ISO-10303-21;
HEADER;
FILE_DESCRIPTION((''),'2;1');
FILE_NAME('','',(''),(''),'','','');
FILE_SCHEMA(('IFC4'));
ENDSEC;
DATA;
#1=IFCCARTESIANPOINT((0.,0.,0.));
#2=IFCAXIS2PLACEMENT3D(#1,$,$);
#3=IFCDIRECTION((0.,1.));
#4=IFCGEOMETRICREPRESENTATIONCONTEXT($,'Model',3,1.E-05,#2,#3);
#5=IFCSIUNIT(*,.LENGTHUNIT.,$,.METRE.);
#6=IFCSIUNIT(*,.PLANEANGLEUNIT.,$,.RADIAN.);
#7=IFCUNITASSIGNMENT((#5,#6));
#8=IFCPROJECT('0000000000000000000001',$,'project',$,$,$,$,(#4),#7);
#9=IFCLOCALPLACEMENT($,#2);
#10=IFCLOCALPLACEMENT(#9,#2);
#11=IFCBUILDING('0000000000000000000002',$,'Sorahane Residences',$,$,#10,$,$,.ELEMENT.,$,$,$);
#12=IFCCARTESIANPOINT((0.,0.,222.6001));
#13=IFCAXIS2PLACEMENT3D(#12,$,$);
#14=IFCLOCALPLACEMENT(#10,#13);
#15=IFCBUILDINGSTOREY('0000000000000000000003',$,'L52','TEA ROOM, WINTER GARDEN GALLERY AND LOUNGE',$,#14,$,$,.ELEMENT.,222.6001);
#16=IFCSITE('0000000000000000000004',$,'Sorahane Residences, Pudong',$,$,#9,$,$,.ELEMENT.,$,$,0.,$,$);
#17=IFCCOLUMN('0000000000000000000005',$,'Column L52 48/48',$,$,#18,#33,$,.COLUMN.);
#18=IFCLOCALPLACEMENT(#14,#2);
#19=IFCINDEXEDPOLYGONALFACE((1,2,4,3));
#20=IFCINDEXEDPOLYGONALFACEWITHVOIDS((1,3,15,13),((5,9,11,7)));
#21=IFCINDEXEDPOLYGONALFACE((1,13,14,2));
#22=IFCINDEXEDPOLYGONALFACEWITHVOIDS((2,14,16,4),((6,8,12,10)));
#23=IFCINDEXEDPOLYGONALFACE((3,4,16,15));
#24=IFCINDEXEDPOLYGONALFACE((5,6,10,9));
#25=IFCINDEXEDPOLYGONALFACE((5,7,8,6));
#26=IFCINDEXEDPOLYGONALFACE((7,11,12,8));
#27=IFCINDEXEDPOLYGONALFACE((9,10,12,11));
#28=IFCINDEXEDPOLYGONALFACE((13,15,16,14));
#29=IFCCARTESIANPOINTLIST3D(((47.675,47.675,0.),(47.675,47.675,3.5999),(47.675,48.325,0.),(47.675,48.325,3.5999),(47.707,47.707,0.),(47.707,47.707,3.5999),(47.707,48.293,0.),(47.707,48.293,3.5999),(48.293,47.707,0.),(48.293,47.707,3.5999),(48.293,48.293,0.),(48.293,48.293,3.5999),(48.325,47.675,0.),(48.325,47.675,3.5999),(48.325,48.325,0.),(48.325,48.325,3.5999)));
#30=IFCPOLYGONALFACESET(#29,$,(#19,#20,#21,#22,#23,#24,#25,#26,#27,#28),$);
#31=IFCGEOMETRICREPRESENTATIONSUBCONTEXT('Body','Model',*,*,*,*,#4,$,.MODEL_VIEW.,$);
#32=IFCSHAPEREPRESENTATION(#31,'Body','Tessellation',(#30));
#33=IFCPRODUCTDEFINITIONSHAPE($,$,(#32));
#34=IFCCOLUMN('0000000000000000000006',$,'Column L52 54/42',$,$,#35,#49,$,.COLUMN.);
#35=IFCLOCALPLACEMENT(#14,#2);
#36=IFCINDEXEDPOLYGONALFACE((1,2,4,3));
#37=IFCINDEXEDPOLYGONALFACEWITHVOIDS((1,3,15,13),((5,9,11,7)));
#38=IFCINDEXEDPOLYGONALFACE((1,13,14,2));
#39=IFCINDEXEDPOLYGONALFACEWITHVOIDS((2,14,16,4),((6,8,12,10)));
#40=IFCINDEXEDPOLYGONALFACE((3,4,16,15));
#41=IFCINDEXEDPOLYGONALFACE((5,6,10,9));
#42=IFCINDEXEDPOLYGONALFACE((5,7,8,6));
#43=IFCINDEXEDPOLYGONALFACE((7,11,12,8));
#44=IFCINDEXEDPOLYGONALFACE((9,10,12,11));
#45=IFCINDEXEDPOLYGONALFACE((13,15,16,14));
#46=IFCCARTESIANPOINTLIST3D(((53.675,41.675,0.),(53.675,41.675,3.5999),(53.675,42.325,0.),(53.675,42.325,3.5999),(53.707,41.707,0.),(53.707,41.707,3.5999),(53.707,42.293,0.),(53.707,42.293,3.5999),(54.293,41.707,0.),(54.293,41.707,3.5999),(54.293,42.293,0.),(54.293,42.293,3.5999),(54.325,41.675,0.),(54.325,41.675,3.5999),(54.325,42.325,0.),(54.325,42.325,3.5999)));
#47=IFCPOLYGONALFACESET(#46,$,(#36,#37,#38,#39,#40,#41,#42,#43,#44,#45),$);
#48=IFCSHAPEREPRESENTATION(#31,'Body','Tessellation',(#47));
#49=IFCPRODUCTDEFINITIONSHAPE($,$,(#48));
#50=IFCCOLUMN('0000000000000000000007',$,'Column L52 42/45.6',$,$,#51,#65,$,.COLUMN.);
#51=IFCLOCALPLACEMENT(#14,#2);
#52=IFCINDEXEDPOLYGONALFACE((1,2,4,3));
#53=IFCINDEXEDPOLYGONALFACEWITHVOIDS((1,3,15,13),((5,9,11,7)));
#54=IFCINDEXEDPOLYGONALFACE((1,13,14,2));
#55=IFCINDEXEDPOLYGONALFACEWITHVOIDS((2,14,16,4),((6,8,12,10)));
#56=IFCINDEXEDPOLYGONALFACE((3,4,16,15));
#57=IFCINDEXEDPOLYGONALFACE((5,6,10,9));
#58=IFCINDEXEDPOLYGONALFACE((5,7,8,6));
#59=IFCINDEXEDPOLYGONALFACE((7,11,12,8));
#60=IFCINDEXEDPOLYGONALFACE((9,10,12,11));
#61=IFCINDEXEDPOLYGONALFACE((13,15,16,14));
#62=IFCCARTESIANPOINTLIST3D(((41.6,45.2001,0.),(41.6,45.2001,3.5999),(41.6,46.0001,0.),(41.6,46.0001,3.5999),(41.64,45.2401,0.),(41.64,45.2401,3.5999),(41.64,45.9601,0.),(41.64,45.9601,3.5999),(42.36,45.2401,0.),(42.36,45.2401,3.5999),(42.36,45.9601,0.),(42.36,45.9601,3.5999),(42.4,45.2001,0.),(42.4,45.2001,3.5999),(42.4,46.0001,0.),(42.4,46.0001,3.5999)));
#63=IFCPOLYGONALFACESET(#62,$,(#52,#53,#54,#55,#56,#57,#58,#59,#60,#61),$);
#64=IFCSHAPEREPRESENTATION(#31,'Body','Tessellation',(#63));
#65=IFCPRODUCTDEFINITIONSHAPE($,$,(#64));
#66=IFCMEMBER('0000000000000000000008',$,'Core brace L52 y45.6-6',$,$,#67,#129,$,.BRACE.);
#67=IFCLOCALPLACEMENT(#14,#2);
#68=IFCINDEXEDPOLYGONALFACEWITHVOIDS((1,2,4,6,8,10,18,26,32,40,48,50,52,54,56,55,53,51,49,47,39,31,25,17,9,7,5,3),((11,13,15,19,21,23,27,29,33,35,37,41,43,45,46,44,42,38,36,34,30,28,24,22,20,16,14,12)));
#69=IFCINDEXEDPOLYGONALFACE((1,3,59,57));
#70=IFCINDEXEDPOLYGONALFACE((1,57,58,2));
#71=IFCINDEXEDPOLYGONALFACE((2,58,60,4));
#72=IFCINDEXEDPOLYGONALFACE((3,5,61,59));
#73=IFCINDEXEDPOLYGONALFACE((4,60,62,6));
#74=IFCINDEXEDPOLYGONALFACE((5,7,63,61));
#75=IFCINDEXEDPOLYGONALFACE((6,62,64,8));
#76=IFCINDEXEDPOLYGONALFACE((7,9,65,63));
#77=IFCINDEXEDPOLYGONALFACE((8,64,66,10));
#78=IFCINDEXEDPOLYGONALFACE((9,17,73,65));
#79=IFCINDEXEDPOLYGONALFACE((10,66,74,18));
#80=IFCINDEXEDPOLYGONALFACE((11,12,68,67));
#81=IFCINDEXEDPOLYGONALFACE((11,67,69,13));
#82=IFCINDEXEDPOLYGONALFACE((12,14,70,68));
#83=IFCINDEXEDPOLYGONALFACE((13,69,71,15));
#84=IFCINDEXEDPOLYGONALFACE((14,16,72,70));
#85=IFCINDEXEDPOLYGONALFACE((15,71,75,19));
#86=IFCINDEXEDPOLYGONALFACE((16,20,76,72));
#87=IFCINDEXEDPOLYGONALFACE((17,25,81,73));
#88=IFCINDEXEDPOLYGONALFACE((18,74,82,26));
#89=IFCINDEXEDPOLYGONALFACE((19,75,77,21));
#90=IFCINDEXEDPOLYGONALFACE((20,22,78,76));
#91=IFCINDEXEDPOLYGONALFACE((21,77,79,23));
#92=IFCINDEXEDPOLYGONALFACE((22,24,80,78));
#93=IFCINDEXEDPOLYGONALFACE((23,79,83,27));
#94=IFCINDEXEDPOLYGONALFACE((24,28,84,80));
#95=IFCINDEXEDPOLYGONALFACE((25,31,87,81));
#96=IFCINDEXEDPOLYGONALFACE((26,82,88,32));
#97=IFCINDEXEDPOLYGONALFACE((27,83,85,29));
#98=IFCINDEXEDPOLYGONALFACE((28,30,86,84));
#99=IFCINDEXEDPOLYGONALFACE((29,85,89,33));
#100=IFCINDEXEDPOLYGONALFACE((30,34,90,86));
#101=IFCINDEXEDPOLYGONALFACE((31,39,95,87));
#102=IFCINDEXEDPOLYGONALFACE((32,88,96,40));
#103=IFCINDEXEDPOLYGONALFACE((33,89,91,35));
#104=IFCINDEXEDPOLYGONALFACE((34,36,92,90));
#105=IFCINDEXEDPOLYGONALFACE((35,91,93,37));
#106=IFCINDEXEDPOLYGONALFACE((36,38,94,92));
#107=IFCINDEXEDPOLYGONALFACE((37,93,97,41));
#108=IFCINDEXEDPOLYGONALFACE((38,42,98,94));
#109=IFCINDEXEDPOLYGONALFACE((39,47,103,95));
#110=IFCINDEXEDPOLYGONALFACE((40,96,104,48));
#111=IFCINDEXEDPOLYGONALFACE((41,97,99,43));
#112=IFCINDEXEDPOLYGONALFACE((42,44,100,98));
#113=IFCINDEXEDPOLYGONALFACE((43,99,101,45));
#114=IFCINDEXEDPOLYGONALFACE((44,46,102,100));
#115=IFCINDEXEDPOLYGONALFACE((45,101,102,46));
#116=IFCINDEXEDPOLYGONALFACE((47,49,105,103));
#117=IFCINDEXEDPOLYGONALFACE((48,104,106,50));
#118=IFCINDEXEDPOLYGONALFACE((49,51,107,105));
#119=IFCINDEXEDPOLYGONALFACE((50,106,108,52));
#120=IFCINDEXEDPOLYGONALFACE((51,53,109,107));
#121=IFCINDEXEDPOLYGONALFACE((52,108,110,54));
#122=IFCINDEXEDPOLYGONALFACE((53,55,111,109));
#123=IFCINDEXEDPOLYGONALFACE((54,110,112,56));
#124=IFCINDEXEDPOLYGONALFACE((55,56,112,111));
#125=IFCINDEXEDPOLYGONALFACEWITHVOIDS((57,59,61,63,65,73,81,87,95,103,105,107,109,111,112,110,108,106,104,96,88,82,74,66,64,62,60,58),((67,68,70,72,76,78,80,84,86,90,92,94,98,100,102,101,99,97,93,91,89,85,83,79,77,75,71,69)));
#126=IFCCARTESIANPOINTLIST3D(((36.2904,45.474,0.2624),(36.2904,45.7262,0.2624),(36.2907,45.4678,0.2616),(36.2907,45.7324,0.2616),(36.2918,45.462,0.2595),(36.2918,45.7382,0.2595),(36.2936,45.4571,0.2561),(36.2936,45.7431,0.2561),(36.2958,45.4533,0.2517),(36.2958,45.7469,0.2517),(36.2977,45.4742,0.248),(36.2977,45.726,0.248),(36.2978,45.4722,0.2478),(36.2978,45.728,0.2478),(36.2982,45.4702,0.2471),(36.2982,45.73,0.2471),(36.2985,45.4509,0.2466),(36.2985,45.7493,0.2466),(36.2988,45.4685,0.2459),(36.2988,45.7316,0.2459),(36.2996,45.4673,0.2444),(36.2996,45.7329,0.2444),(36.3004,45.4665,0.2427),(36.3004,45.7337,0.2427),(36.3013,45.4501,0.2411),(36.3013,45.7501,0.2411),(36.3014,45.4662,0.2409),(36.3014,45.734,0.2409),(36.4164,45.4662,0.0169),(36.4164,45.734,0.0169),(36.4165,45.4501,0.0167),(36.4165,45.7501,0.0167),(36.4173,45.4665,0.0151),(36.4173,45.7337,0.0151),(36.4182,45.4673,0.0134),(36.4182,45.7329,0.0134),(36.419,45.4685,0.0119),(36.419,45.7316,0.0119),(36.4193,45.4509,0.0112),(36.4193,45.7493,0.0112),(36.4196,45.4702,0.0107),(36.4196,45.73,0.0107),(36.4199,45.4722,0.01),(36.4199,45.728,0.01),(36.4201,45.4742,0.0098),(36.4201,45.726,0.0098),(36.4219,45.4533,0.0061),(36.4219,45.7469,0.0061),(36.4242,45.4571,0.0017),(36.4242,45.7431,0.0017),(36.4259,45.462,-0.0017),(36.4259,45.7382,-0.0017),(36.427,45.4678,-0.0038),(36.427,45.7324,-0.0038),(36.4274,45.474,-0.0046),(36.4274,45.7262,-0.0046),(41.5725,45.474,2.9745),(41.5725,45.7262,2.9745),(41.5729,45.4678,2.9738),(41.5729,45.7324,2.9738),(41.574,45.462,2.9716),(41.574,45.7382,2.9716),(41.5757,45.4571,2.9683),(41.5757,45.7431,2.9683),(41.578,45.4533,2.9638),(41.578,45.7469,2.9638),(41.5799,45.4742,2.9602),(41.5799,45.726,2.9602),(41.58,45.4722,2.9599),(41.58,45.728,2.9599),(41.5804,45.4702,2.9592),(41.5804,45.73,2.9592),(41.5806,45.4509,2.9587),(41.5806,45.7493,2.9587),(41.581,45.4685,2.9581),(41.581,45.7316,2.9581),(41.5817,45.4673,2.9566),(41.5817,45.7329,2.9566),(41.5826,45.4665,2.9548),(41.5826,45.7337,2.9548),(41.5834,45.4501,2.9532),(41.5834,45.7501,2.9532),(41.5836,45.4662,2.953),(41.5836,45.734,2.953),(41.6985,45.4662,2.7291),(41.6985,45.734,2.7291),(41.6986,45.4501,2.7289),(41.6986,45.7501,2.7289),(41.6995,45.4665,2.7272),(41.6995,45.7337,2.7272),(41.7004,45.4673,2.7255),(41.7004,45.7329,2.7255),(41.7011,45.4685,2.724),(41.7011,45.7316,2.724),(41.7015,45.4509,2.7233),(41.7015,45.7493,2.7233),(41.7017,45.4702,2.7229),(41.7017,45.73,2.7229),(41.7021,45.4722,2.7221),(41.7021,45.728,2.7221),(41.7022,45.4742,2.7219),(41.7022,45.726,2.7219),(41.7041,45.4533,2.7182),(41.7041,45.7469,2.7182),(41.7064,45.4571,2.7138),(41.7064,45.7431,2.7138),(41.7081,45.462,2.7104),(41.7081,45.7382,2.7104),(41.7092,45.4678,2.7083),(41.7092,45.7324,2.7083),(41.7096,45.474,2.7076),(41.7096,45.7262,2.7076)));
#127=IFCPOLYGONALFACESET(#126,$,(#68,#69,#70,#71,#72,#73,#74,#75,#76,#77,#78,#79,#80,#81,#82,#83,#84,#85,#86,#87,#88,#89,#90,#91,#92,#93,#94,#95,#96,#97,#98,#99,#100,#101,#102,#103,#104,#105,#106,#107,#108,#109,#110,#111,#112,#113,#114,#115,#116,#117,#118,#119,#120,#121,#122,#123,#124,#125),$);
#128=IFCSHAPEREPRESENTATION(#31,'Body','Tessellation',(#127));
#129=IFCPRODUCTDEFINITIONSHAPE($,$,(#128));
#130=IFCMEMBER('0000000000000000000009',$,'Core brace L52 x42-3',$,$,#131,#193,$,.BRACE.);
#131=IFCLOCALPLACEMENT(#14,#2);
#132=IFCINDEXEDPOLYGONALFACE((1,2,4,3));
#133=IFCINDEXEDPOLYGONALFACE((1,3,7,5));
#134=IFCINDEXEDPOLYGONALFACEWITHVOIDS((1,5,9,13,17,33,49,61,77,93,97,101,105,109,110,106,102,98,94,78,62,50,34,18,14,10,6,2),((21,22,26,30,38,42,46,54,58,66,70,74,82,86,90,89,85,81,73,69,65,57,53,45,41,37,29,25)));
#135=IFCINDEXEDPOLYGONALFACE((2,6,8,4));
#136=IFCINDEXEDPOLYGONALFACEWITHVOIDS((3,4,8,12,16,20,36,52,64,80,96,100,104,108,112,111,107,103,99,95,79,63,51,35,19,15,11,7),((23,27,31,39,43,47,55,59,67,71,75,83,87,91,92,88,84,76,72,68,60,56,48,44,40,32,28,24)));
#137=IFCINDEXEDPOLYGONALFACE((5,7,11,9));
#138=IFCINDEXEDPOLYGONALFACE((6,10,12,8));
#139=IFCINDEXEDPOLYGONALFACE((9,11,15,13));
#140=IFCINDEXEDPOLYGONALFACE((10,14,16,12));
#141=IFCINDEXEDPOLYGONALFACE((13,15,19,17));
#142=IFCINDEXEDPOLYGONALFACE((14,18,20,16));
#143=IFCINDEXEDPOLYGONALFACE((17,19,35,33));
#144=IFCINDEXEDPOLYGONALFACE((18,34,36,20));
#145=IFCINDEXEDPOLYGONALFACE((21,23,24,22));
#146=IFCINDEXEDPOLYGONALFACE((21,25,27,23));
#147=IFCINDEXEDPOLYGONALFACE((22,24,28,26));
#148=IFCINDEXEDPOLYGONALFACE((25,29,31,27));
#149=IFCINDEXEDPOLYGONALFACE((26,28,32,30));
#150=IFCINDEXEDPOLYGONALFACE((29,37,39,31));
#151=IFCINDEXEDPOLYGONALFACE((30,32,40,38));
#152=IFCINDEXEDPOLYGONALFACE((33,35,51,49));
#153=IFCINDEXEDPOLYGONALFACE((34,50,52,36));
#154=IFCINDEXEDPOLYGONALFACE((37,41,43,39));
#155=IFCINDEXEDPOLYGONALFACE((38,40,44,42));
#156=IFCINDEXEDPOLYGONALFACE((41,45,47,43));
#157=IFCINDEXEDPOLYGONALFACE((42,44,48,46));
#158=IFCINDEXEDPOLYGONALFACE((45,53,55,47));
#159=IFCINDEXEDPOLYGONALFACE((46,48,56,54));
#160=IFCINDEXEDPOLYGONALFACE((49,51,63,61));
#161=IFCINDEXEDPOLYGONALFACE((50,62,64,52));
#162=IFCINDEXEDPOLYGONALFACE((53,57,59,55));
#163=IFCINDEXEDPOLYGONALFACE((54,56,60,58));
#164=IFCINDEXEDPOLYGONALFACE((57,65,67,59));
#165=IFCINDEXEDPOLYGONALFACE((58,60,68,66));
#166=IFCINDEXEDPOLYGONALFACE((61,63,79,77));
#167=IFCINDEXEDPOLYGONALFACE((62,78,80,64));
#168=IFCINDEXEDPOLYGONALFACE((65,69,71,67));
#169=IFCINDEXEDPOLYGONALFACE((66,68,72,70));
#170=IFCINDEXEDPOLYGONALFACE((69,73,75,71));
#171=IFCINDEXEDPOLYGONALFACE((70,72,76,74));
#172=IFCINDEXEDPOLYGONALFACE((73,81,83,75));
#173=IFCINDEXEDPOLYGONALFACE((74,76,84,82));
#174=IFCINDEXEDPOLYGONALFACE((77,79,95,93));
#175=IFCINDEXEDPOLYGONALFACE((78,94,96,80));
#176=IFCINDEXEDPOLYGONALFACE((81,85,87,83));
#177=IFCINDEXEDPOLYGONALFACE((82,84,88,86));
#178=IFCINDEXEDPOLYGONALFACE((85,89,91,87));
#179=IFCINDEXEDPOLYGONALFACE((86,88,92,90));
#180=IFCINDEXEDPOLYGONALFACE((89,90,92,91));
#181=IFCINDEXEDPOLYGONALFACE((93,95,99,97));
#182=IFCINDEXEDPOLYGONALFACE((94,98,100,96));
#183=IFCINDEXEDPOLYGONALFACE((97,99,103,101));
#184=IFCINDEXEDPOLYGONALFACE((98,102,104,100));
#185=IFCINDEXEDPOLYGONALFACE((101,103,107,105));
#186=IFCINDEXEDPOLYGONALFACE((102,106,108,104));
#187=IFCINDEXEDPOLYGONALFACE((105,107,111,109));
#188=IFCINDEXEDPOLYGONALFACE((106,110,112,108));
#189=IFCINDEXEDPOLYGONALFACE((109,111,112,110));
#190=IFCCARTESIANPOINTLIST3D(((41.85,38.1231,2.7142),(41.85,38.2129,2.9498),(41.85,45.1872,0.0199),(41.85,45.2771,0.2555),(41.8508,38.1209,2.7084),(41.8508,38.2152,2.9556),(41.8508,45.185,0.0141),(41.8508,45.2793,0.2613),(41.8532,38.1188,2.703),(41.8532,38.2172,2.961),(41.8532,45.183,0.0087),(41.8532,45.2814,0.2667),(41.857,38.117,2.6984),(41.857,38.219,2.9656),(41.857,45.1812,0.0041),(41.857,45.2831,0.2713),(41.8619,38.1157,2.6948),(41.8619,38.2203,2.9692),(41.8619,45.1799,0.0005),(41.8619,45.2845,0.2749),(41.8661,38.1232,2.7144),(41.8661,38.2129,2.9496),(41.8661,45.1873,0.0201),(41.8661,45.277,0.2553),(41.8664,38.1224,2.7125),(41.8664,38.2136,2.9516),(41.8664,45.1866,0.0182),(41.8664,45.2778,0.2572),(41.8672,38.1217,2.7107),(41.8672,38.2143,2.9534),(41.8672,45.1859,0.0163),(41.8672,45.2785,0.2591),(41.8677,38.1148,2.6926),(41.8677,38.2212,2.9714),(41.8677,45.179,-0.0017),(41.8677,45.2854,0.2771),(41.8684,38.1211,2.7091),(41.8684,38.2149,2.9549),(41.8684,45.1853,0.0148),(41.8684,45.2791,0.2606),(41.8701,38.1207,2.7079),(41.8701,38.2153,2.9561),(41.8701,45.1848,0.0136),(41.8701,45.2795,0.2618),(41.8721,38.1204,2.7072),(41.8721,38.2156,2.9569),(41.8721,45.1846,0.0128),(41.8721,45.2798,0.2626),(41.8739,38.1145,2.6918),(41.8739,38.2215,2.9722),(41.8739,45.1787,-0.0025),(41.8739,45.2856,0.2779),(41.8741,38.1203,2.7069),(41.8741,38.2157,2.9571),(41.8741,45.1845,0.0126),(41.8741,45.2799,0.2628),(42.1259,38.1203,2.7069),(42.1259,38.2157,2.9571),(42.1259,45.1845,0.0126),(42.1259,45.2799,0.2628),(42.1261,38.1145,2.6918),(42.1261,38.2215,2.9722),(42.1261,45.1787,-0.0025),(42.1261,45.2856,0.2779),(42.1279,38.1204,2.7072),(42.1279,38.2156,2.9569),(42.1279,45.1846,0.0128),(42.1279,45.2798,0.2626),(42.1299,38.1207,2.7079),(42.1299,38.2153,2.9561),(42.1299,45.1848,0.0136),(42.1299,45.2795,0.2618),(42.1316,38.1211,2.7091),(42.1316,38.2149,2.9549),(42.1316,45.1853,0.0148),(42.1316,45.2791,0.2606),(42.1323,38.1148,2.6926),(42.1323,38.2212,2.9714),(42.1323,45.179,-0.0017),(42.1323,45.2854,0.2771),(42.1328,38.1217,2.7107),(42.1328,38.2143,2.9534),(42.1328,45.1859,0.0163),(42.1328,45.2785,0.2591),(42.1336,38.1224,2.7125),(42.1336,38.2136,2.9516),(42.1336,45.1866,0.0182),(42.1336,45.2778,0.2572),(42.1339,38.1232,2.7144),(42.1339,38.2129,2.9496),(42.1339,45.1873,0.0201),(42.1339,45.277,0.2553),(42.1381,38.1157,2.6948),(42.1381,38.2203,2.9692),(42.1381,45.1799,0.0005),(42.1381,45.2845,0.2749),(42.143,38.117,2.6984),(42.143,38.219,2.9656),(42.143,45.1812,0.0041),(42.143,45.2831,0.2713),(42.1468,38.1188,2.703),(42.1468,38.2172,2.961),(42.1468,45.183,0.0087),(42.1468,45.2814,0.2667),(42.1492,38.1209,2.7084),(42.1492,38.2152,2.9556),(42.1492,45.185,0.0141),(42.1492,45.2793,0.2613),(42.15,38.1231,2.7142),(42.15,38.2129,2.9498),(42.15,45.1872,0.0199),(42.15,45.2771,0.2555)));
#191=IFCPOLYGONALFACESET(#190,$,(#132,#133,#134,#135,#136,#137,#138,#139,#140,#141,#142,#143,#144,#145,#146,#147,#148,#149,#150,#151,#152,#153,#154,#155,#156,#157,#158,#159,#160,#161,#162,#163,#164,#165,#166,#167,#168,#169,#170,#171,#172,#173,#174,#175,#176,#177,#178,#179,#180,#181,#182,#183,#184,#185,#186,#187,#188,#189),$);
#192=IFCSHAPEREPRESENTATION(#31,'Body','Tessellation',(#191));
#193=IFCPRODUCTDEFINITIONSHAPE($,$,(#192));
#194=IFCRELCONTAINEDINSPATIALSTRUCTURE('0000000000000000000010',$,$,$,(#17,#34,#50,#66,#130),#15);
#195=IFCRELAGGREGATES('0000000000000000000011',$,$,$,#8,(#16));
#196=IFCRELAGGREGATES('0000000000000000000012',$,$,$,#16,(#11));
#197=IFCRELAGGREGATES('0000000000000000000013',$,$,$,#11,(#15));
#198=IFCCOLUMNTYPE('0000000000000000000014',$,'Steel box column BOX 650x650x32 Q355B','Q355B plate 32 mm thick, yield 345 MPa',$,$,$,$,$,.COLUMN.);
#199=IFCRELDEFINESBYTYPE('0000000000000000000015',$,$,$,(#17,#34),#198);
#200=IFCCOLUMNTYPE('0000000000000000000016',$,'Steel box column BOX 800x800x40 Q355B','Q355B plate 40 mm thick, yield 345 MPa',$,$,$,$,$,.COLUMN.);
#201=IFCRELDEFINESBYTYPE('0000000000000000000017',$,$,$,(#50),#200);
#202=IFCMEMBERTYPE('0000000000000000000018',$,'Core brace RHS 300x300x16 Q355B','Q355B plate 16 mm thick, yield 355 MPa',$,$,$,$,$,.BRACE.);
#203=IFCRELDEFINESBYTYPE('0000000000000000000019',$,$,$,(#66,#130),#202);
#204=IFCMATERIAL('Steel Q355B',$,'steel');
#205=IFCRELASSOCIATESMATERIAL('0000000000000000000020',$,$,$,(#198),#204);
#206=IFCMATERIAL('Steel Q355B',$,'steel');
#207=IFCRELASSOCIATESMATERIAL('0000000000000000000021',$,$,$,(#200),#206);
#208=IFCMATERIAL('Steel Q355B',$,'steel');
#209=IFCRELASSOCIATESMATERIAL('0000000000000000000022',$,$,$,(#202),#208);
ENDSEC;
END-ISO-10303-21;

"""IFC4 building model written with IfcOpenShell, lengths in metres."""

from ifc_helpers import new_model, si_unit, direction, frame, origin, origin_2d, place, context, subcontext, project, spatial, hollow_rectangle, extrude, material, material_profile, profile_set, type_object, element, save


model = new_model("IFC4")

# Units and contexts
model_context = context("Model", 3, precision=1e-05, world=origin(), true_north=direction((0.0, 1.0)))
body_context = subcontext(model_context, "Body", "Model", "MODEL_VIEW")
ifc_project = project(units=[si_unit("LENGTHUNIT", "METRE"), si_unit("PLANEANGLEUNIT", "RADIAN")], contexts=[model_context])

# Site, building, storey
site_placement = place(None, origin())
site = spatial("IfcSite", under=ifc_project, at=site_placement, Name="Sorahane Residences, Pudong", CompositionType="ELEMENT", RefElevation=0.0)
building_placement = place(site_placement, origin())
building = spatial("IfcBuilding", under=site, at=building_placement, Name="Sorahane Residences", CompositionType="ELEMENT")
storey_placement = place(building_placement, frame((0.0, 0.0, 222.6001)))
storey = spatial("IfcBuildingStorey", under=building, at=storey_placement, Name="L52", Description="TEA ROOM, WINTER GARDEN GALLERY AND LOUNGE", CompositionType="ELEMENT", Elevation=222.6001)

# Columns
ifc_material_1 = material(Name="Steel Q355B", Category="steel")
ifc_material_profile_1 = material_profile(ifc_material_1, hollow_rectangle(XDim=0.6499, YDim=0.6499, WallThickness=0.032, at=origin_2d()), Name="BOX 650x650x32")
ifc_profile_set_1 = profile_set([ifc_material_profile_1], Name="Steel Q355B")
column_type_1 = type_object("IfcColumnType", Name="Steel box column BOX 650x650x32 Q355B", Description="Q355B plate 32 mm thick, yield 345 MPa", PredefinedType="COLUMN", material=ifc_profile_set_1)
for number, where, z_axis, x_axis, name in (
    (1, (48.0, 48.0, 0.0), (0.0, 0.0, 1.0), (1.0, 0.0, 0.0), "Column L52 48/48"),
    (2, (54.0, 42.0, 0.0), (0.0, 0.0, 1.0), (1.0, 0.0, 0.0), "Column L52 54/42"),
):
    element("IfcColumn", number, at=place(storey_placement, frame(where, z_axis=z_axis, x_axis=x_axis)), inside=storey, type_object=column_type_1, Name=name, PredefinedType="COLUMN", context=body_context, shape_type="SweptSolid", body=[
        extrude(hollow_rectangle(XDim=0.6499, YDim=0.6499, WallThickness=0.032, at=origin_2d()), origin(), (0.0, 0.0, 1.0), 3.5999),
    ])
ifc_material_2 = material(Name="Steel Q355B", Category="steel")
ifc_material_profile_2 = material_profile(ifc_material_2, hollow_rectangle(XDim=0.8, YDim=0.8, WallThickness=0.04, at=origin_2d()), Name="BOX 800x800x40")
ifc_profile_set_2 = profile_set([ifc_material_profile_2], Name="Steel Q355B")
column_type_2 = type_object("IfcColumnType", Name="Steel box column BOX 800x800x40 Q355B", Description="Q355B plate 40 mm thick, yield 345 MPa", PredefinedType="COLUMN", material=ifc_profile_set_2)
column_placement = place(storey_placement, frame((42.0, 45.6001, 0.0), z_axis=(0.0, 0.0, 1.0), x_axis=(1.0, 0.0, 0.0)))
element("IfcColumn", 3, at=column_placement, inside=storey, type_object=column_type_2, Name="Column L52 42/45.6", PredefinedType="COLUMN", context=body_context, shape_type="SweptSolid", body=[
    extrude(hollow_rectangle(XDim=0.8, YDim=0.8, WallThickness=0.04, at=origin_2d()), origin(), (0.0, 0.0, 1.0), 3.5999),
])

# Members
ifc_material_3 = material(Name="Steel Q355B", Category="steel")
ifc_material_profile_3 = material_profile(ifc_material_3, hollow_rectangle(XDim=0.3, YDim=0.3, WallThickness=0.0161, InnerFilletRadius=0.0081, OuterFilletRadius=0.0239, at=origin_2d()), Name="RHS 300x300x16")
ifc_profile_set_3 = profile_set([ifc_material_profile_3], Name="Steel Q355B")
member_type_1 = type_object("IfcMemberType", Name="Core brace RHS 300x300x16 Q355B", Description="Q355B plate 16 mm thick, yield 355 MPa", PredefinedType="BRACE", material=ifc_profile_set_3)
member_1_placement = place(storey_placement, frame((36.3589, 45.6001, 0.1289), z_axis=(0.88959, 0.0, 0.45676), x_axis=(0.0, 1.0, 0.0)))
element("IfcMember", 4, at=member_1_placement, inside=storey, type_object=member_type_1, Name="Core brace L52 y45.6-6", PredefinedType="BRACE", context=body_context, shape_type="SweptSolid", body=[
    extrude(hollow_rectangle(XDim=0.3, YDim=0.3, WallThickness=0.0161, InnerFilletRadius=0.0081, OuterFilletRadius=0.0239, at=origin_2d()), origin(), (0.0, 0.0, 1.0), 5.9377),
])
member_2_placement = place(storey_placement, frame((42.0, 45.2322, 0.1377), z_axis=(0.0, -0.934346, 0.356366), x_axis=(1.0, 0.0, 0.0)))
element("IfcMember", 5, at=member_2_placement, inside=storey, type_object=member_type_1, Name="Core brace L52 x42-3", PredefinedType="BRACE", context=body_context, shape_type="SweptSolid", body=[
    extrude(hollow_rectangle(XDim=0.3, YDim=0.3, WallThickness=0.0161, InnerFilletRadius=0.0081, OuterFilletRadius=0.0239, at=origin_2d()), origin(), (0.0, 0.0, 1.0), 7.5605),
])

save(model, "model.ifc")
